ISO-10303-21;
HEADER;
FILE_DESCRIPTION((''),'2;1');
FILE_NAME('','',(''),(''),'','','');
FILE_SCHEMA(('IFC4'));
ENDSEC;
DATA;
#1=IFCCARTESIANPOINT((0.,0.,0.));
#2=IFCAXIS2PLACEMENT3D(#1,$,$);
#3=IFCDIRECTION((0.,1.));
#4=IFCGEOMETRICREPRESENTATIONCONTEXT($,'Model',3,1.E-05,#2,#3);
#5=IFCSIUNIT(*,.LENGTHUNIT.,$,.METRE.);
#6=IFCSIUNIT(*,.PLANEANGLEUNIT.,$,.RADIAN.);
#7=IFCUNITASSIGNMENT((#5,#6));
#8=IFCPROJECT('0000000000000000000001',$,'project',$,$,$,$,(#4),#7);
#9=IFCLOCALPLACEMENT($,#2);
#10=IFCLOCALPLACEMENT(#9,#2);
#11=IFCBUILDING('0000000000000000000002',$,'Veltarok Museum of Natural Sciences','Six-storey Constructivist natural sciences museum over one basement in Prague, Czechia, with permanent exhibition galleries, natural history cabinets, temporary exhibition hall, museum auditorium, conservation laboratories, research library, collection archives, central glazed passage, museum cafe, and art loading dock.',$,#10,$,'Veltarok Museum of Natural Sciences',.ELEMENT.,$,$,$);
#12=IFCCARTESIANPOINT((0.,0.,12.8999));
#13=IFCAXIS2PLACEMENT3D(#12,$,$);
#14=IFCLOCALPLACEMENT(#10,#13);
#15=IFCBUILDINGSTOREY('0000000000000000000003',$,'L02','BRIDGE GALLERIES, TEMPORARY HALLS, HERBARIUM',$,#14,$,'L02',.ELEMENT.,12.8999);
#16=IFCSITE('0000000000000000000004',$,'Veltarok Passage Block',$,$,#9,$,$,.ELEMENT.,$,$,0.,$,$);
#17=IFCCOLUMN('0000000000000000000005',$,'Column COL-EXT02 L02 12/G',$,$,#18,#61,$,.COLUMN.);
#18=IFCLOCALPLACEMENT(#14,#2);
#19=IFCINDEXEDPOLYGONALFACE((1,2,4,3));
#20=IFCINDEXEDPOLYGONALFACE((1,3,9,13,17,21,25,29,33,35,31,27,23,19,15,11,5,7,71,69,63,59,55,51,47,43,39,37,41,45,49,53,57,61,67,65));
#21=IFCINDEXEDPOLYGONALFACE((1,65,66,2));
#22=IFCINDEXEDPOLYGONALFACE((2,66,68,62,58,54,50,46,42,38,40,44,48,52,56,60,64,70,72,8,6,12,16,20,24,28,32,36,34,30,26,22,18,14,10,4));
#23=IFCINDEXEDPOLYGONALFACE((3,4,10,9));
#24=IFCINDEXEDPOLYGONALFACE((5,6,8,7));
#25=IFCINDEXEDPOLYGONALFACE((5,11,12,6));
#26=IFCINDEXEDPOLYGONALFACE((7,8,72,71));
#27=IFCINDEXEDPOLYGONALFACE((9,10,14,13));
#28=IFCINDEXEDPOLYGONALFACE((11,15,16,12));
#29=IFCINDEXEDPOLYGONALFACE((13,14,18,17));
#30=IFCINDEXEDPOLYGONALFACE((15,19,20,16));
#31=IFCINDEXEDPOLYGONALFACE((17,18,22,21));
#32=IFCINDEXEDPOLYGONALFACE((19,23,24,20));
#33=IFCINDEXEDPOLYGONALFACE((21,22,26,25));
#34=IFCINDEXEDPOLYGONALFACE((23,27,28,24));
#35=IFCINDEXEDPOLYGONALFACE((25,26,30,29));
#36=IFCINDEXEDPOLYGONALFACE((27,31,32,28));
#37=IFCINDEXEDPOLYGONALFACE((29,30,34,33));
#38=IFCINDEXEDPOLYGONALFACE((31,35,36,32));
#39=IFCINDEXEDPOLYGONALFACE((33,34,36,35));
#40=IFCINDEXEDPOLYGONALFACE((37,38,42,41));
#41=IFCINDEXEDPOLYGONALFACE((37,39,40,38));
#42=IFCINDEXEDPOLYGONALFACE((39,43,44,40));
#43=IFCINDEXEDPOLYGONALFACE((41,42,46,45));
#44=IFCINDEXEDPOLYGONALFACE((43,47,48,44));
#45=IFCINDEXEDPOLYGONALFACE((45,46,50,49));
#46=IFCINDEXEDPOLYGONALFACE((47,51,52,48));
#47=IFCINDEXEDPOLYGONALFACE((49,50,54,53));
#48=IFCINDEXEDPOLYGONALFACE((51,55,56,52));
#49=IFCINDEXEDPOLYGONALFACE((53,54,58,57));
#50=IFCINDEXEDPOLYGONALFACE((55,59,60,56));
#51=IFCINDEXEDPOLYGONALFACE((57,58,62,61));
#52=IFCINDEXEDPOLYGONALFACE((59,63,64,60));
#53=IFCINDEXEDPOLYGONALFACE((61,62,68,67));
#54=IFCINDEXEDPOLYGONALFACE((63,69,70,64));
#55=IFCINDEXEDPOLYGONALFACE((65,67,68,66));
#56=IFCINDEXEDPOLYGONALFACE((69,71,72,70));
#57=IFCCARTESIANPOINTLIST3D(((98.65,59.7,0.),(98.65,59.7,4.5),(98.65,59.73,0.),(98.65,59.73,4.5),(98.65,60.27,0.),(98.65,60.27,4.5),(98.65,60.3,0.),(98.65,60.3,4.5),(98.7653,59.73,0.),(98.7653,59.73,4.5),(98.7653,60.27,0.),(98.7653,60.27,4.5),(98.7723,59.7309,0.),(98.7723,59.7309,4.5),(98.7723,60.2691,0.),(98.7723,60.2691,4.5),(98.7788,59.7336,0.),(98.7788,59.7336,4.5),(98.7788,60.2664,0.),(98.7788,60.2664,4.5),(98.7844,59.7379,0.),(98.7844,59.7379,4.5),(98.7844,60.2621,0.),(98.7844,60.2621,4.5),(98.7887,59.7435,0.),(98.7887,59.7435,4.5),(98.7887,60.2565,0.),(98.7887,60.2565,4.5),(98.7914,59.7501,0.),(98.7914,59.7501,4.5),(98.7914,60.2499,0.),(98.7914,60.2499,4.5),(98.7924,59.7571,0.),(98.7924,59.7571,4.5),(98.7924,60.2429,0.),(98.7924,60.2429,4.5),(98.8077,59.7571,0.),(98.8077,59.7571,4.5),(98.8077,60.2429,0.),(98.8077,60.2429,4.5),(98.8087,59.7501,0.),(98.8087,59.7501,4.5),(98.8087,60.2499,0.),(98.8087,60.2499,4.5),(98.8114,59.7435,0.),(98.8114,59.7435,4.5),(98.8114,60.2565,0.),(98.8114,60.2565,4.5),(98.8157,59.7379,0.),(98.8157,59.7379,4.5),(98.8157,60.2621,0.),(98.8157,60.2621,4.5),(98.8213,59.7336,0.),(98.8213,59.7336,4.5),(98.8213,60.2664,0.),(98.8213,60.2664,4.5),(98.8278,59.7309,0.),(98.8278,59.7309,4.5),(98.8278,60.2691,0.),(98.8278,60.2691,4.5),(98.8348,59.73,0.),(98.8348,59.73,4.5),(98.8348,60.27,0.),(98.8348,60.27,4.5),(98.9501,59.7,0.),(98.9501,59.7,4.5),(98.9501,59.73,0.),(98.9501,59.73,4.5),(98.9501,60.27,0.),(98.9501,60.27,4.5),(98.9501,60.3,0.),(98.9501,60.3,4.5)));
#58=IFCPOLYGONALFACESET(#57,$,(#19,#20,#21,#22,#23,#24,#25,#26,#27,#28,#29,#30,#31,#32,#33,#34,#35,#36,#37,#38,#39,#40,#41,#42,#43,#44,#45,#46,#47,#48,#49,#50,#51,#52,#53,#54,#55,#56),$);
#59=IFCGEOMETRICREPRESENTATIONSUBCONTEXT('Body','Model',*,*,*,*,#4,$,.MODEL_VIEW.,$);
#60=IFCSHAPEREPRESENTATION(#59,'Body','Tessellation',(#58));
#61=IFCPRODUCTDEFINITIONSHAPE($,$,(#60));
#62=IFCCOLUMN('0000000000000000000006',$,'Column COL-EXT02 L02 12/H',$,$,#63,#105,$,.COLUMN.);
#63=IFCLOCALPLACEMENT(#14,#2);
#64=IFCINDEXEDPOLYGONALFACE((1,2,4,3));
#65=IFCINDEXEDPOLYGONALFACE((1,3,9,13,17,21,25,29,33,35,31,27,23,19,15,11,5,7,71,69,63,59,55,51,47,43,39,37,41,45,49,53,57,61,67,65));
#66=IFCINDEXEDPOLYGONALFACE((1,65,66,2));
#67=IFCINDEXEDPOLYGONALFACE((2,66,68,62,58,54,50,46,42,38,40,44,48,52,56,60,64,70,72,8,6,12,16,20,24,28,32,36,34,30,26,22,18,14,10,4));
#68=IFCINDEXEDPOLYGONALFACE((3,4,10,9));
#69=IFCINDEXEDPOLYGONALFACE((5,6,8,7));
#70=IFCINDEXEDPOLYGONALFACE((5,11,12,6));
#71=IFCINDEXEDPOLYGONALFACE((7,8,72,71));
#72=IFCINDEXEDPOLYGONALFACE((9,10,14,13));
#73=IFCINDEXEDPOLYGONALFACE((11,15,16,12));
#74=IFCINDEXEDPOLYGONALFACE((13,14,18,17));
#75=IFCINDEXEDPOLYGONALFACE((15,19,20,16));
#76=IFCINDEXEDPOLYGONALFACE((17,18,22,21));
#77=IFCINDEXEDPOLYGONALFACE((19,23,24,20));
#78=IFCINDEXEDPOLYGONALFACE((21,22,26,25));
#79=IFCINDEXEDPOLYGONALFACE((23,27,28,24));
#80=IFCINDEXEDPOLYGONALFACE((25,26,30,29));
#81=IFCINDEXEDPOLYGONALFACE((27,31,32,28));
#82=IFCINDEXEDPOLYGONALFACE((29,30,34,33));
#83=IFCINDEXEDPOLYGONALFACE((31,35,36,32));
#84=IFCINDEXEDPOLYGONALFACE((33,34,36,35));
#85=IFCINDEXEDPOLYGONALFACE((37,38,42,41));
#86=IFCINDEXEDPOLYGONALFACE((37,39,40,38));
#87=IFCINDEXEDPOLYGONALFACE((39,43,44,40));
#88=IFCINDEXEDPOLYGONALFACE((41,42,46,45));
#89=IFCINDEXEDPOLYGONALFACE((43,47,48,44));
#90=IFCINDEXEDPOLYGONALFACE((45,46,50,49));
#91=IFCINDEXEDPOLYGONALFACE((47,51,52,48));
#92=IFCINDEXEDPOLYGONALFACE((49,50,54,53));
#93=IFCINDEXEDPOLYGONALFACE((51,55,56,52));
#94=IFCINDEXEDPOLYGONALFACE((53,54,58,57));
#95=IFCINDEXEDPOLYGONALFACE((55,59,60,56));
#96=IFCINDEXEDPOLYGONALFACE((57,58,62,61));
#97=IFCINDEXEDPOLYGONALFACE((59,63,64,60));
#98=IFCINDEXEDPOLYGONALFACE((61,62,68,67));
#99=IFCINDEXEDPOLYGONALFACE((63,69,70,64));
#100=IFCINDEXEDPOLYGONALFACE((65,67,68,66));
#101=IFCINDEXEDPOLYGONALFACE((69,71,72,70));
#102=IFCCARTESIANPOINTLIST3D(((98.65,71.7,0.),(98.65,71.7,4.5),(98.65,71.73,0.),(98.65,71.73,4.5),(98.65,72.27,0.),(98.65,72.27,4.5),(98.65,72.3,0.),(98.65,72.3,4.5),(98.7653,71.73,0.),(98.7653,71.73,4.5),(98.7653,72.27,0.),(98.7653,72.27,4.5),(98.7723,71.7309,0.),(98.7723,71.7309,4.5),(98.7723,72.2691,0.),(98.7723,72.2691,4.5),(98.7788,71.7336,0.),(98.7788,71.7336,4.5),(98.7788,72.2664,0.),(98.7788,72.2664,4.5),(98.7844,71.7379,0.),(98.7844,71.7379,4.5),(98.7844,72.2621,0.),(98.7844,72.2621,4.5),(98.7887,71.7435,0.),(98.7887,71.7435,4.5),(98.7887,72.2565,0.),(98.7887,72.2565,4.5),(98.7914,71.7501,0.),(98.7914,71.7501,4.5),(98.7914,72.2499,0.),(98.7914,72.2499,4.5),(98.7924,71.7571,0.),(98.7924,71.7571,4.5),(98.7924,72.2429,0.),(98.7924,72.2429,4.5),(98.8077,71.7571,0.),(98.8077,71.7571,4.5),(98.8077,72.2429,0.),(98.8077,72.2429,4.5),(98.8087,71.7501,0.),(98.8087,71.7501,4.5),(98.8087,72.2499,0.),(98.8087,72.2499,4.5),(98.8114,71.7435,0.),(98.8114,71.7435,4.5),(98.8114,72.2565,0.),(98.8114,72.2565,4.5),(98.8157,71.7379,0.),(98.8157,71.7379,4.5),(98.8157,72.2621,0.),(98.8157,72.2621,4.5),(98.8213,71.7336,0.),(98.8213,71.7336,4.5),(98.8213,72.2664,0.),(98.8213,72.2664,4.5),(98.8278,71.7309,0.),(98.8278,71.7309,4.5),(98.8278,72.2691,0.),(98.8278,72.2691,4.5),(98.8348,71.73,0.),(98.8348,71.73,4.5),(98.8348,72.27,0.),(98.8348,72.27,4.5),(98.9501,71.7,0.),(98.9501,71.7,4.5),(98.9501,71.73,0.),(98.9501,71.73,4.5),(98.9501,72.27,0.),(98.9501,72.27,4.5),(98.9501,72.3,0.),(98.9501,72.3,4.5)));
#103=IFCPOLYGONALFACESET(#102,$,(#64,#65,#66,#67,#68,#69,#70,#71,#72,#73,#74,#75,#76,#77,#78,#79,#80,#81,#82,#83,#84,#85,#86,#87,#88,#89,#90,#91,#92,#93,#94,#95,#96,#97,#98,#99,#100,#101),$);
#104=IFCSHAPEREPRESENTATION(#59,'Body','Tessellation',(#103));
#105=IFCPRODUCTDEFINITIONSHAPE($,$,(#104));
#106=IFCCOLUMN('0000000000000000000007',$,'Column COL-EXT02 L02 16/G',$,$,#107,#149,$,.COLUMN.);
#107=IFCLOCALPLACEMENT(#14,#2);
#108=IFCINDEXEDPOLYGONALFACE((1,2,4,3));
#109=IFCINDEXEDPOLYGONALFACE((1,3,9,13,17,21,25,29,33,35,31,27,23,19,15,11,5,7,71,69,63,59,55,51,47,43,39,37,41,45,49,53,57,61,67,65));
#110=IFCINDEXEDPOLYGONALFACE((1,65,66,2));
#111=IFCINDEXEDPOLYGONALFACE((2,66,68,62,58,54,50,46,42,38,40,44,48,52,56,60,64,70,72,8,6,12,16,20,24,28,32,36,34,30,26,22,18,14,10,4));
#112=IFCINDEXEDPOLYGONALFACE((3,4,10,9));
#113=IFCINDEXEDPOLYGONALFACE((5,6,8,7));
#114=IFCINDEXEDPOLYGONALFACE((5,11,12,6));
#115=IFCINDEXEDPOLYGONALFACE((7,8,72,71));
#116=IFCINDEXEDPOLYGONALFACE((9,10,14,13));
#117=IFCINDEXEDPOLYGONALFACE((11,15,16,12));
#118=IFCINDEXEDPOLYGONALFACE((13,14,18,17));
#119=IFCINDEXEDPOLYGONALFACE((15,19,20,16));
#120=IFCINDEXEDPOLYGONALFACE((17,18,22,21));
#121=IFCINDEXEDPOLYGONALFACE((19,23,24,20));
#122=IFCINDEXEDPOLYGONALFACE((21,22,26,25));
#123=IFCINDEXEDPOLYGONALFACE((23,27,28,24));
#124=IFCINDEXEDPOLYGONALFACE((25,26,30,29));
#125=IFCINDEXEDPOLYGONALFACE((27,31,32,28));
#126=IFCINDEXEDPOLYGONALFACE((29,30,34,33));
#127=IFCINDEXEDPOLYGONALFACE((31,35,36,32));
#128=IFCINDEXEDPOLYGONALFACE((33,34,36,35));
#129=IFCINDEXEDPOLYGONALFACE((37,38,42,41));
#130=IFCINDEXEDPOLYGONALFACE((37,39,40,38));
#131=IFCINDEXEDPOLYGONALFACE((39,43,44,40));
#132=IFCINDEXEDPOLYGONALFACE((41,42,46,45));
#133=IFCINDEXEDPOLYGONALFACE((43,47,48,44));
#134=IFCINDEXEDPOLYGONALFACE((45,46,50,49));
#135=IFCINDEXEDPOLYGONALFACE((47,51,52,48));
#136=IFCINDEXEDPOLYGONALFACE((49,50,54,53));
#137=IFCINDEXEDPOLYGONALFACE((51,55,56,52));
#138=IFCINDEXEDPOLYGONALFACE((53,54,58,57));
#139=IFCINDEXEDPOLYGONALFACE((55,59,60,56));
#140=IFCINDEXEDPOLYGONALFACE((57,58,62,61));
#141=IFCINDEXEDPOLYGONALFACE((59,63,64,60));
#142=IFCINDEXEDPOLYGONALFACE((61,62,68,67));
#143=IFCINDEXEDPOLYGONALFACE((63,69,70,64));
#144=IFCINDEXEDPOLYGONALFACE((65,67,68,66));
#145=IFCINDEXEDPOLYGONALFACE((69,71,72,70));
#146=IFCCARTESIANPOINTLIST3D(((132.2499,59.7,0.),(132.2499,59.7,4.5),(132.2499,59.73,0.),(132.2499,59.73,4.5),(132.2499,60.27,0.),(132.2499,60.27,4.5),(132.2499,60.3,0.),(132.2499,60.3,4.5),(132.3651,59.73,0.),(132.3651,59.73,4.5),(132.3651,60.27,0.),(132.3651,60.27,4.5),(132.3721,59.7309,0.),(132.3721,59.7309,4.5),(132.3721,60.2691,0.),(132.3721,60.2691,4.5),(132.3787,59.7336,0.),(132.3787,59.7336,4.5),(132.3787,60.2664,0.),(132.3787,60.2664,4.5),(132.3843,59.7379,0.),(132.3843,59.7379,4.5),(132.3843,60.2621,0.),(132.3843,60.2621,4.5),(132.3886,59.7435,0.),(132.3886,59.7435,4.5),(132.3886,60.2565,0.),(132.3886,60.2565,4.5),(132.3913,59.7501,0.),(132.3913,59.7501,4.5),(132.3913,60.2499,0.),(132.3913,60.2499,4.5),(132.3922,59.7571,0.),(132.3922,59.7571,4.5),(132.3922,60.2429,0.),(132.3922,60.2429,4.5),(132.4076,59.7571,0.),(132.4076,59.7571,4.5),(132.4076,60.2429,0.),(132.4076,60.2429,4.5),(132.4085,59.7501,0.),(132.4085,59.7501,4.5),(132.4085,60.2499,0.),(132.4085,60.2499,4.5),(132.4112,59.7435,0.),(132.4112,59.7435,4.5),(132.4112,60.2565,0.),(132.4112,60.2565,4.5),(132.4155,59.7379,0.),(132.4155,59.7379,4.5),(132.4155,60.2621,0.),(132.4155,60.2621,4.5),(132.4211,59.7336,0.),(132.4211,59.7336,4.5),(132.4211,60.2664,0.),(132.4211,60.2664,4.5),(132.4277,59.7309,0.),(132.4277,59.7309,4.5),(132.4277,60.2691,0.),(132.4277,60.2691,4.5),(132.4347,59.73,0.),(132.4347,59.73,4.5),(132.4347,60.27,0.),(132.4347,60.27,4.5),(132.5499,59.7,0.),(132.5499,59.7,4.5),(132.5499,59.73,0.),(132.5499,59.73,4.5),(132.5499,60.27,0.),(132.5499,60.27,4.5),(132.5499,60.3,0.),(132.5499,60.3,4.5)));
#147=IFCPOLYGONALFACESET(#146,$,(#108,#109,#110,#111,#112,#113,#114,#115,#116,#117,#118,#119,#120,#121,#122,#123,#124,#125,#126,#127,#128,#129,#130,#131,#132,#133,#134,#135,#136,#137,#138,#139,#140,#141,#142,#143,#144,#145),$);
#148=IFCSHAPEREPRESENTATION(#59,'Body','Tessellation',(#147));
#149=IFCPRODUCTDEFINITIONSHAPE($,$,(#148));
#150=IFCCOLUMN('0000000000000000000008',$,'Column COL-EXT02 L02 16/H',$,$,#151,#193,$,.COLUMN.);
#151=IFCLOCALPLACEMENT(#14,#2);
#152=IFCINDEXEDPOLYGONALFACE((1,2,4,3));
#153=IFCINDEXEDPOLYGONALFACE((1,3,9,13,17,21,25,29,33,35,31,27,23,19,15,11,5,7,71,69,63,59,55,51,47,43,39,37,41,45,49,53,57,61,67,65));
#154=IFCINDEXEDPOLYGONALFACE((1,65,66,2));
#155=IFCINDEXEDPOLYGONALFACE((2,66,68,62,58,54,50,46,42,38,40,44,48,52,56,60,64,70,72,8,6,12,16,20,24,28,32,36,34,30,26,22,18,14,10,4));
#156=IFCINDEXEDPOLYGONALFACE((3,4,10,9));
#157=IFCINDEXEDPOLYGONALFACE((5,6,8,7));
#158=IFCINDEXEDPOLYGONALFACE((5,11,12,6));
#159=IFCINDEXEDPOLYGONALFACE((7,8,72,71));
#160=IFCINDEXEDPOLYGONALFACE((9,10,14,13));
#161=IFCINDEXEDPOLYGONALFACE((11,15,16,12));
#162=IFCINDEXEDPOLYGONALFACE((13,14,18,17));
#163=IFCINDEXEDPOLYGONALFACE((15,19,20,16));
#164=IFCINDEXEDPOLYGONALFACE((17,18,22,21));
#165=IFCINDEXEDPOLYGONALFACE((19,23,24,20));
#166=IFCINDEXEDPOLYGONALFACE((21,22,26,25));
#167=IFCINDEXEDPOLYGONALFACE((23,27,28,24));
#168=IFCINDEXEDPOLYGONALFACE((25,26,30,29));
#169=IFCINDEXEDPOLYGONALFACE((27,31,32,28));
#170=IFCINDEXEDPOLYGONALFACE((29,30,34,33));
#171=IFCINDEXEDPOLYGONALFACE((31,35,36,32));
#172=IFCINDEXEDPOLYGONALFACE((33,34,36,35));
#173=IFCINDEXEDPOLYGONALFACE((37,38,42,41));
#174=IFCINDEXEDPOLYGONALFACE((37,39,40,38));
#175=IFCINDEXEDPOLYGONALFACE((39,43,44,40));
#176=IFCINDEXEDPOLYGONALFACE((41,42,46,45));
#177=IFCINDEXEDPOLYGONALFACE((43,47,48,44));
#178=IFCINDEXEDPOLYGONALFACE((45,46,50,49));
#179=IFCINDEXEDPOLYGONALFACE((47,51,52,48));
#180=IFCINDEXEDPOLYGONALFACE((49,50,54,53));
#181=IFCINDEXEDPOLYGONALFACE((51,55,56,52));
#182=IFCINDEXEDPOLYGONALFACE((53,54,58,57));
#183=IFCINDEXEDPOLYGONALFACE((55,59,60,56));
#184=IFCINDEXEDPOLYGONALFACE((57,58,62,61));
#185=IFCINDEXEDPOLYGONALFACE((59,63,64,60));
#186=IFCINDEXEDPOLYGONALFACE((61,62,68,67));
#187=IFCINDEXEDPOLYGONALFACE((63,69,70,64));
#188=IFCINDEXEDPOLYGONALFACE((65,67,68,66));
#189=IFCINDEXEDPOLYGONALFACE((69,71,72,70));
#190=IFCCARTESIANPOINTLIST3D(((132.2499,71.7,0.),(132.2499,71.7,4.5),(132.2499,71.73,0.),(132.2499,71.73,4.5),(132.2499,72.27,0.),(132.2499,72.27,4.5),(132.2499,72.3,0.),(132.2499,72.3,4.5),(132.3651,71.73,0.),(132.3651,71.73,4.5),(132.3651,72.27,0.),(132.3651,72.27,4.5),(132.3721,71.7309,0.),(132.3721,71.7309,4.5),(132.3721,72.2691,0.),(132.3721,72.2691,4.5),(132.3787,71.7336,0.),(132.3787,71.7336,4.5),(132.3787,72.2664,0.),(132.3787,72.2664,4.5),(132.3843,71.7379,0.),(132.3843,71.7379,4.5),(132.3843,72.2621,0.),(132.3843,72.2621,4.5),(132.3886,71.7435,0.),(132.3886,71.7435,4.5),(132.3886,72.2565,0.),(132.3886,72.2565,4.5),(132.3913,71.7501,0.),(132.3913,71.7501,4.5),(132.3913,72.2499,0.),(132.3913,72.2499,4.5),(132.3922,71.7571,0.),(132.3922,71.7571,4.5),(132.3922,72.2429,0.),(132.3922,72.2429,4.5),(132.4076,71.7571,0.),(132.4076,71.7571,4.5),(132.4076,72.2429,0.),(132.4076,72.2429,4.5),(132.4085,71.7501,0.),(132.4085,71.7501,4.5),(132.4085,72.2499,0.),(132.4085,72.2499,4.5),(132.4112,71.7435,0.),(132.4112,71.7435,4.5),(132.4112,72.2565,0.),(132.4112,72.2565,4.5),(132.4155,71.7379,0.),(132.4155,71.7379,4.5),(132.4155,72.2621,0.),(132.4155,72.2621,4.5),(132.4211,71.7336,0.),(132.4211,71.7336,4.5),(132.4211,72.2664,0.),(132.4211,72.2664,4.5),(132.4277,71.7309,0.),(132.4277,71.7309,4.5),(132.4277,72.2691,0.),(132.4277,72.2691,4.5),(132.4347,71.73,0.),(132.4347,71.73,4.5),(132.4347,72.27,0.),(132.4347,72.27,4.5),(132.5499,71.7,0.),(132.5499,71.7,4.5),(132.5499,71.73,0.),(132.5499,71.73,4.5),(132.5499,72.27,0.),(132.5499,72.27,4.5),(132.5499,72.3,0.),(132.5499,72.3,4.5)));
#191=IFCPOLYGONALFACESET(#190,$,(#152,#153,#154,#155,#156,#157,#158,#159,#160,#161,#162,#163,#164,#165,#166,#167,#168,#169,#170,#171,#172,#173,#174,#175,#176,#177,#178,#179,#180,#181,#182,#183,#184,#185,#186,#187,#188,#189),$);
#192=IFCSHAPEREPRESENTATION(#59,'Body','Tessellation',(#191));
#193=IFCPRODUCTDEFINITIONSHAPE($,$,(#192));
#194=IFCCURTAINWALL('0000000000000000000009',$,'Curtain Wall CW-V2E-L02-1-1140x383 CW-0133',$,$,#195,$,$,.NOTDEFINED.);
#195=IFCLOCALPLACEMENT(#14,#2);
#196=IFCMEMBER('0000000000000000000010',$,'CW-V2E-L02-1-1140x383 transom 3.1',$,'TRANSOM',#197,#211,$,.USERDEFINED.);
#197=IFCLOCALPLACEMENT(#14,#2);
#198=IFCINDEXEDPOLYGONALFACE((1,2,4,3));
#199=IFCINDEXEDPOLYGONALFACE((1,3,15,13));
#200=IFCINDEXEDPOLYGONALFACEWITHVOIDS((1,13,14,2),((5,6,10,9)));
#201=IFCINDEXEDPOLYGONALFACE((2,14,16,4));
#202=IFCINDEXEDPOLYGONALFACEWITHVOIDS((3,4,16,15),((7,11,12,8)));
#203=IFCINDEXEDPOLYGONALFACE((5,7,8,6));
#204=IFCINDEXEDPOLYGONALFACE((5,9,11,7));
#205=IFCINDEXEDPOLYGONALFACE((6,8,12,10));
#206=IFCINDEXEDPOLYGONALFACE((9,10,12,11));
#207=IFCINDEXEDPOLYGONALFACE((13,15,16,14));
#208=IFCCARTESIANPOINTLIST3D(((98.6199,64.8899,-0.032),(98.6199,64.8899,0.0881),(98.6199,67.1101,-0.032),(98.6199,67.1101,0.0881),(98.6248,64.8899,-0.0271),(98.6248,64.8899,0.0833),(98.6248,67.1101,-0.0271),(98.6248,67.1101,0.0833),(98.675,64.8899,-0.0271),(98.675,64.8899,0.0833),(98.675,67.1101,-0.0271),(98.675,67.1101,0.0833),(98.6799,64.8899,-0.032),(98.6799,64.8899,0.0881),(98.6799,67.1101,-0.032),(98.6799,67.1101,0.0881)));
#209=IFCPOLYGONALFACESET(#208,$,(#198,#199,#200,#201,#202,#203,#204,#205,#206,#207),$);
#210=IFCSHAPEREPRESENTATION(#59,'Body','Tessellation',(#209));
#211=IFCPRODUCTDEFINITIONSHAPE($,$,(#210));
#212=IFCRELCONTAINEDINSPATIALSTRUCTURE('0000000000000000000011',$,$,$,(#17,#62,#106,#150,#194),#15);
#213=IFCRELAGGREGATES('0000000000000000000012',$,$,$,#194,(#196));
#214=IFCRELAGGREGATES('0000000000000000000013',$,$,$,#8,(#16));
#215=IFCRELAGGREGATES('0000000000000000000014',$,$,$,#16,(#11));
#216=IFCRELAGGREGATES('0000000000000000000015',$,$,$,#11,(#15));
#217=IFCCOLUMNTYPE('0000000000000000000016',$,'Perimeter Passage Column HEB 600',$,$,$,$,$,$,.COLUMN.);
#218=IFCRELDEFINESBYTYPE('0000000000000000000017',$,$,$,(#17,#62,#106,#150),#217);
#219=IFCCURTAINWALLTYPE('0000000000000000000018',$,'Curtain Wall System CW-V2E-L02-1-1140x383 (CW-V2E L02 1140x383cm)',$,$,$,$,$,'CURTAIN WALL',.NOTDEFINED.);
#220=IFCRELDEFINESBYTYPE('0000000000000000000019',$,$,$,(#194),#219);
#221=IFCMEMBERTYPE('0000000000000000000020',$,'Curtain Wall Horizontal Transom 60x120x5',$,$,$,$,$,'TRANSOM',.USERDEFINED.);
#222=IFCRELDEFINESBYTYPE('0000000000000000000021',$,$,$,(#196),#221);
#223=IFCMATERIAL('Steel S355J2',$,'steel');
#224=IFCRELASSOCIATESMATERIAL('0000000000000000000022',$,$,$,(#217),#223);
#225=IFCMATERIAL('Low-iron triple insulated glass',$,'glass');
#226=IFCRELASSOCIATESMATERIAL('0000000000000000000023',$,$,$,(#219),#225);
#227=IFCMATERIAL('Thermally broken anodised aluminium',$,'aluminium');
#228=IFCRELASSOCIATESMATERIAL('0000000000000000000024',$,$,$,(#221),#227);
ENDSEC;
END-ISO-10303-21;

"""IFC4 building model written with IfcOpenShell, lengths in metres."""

from ifc_helpers import new_model, si_unit, direction, frame, origin, origin_2d, place, context, subcontext, project, spatial, hollow_rectangle, i_section, extrude, material, material_profile, profile_set, type_object, element, aggregate, save


model = new_model("IFC4")

# Units and contexts
model_context = context("Model", 3, precision=1e-05, world=origin(), true_north=direction((0.0, 1.0)))
body_context = subcontext(model_context, "Body", "Model", "MODEL_VIEW")
ifc_project = project(units=[si_unit("LENGTHUNIT", "METRE"), si_unit("PLANEANGLEUNIT", "RADIAN")], contexts=[model_context])

# Site, building, storey
site_placement = place(None, origin())
site = spatial("IfcSite", under=ifc_project, at=site_placement, Name="Veltarok Passage Block", CompositionType="ELEMENT", RefElevation=0.0)
building_placement = place(site_placement, origin())
building = spatial("IfcBuilding", under=site, at=building_placement, Name="Veltarok Museum of Natural Sciences", Description="Six-storey Constructivist natural sciences museum over one basement in Prague, Czechia, with permanent exhibition galleries, natural history cabinets, temporary exhibition hall, museum auditorium, conservation laboratories, research library, collection archives, central glazed passage, museum cafe, and art loading dock.", LongName="Veltarok Museum of Natural Sciences", CompositionType="ELEMENT")
storey_placement = place(building_placement, frame((0.0, 0.0, 12.8999)))
storey = spatial("IfcBuildingStorey", under=building, at=storey_placement, Name="L02", Description="BRIDGE GALLERIES, TEMPORARY HALLS, HERBARIUM", LongName="L02", CompositionType="ELEMENT", Elevation=12.8999)

# Columns
ifc_material_1 = material(Name="Steel S355J2", Category="steel")
ifc_material_profile_1 = material_profile(ifc_material_1, i_section(OverallWidth=0.3, OverallDepth=0.6001, WebThickness=0.0154, FlangeThickness=0.03, FilletRadius=0.0271, at=origin_2d()), Name="HEB 600")
ifc_profile_set_1 = profile_set([ifc_material_profile_1], Name="Steel S355J2")
column_type = type_object("IfcColumnType", Name="Perimeter Passage Column HEB 600", PredefinedType="COLUMN", material=ifc_profile_set_1)
for number, where, z_axis, x_axis, name in (
    (1, (98.8, 60.0, 0.0), (0.0, 0.0, 1.0), (1.0, 0.0, 0.0), "Column COL-EXT02 L02 12/G"),
    (2, (98.8, 72.0, 0.0), (0.0, 0.0, 1.0), (1.0, 0.0, 0.0), "Column COL-EXT02 L02 12/H"),
    (3, (132.3999, 60.0, 0.0), (0.0, 0.0, 1.0), (1.0, 0.0, 0.0), "Column COL-EXT02 L02 16/G"),
    (4, (132.3999, 72.0, 0.0), (0.0, 0.0, 1.0), (1.0, 0.0, 0.0), "Column COL-EXT02 L02 16/H"),
):
    element("IfcColumn", number, at=place(storey_placement, frame(where, z_axis=z_axis, x_axis=x_axis)), inside=storey, type_object=column_type, Name=name, PredefinedType="COLUMN", context=body_context, shape_type="SweptSolid", body=[
        extrude(i_section(OverallWidth=0.3, OverallDepth=0.6001, WebThickness=0.0154, FlangeThickness=0.03, FilletRadius=0.0271, at=origin_2d()), origin(), (0.0, 0.0, 1.0), 4.5),
    ])

# Curtain wall, member
ifc_material_2 = material(Name="Low-iron triple insulated glass", Category="glass")
curtain_wall_type_1 = type_object("IfcCurtainWallType", Name="Curtain Wall System CW-V2E-L02-1-1140x383 (CW-V2E L02 1140x383cm)", ElementType="CURTAIN WALL", PredefinedType="NOTDEFINED", material=ifc_material_2)
curtain_wall_1_placement = place(storey_placement, origin())
curtain_wall_1 = element("IfcCurtainWall", 5, at=curtain_wall_1_placement, inside=storey, type_object=curtain_wall_type_1, Name="Curtain Wall CW-V2E-L02-1-1140x383 CW-0133", PredefinedType="NOTDEFINED")
ifc_material_3 = material(Name="Thermally broken anodised aluminium", Category="aluminium")
ifc_material_profile_2 = material_profile(ifc_material_3, hollow_rectangle(XDim=0.0601, YDim=0.1201, WallThickness=0.0049, at=origin_2d()), Name="CW TRANSOM 60x120x5")
ifc_profile_set_2 = profile_set([ifc_material_profile_2], Name="Thermally broken anodised aluminium")
member_type_1 = type_object("IfcMemberType", Name="Curtain Wall Horizontal Transom 60x120x5", ElementType="TRANSOM", PredefinedType="USERDEFINED", material=ifc_profile_set_2)
member_1_placement = place(storey_placement, frame((98.6499, 64.8899, 0.0281), z_axis=(0.0, 1.0, 0.0), x_axis=(-1.0, 0.0, 0.0)))
member_1 = element("IfcMember", 6, at=member_1_placement, type_object=member_type_1, Name="CW-V2E-L02-1-1140x383 transom 3.1", ObjectType="TRANSOM", PredefinedType="USERDEFINED", context=body_context, shape_type="SweptSolid", body=[
    extrude(hollow_rectangle(XDim=0.0601, YDim=0.1201, WallThickness=0.0049, at=origin_2d()), origin(), (0.0, 0.0, 1.0), 2.2202),
])

aggregate(curtain_wall_1, [member_1])

save(model, "model.ifc")
